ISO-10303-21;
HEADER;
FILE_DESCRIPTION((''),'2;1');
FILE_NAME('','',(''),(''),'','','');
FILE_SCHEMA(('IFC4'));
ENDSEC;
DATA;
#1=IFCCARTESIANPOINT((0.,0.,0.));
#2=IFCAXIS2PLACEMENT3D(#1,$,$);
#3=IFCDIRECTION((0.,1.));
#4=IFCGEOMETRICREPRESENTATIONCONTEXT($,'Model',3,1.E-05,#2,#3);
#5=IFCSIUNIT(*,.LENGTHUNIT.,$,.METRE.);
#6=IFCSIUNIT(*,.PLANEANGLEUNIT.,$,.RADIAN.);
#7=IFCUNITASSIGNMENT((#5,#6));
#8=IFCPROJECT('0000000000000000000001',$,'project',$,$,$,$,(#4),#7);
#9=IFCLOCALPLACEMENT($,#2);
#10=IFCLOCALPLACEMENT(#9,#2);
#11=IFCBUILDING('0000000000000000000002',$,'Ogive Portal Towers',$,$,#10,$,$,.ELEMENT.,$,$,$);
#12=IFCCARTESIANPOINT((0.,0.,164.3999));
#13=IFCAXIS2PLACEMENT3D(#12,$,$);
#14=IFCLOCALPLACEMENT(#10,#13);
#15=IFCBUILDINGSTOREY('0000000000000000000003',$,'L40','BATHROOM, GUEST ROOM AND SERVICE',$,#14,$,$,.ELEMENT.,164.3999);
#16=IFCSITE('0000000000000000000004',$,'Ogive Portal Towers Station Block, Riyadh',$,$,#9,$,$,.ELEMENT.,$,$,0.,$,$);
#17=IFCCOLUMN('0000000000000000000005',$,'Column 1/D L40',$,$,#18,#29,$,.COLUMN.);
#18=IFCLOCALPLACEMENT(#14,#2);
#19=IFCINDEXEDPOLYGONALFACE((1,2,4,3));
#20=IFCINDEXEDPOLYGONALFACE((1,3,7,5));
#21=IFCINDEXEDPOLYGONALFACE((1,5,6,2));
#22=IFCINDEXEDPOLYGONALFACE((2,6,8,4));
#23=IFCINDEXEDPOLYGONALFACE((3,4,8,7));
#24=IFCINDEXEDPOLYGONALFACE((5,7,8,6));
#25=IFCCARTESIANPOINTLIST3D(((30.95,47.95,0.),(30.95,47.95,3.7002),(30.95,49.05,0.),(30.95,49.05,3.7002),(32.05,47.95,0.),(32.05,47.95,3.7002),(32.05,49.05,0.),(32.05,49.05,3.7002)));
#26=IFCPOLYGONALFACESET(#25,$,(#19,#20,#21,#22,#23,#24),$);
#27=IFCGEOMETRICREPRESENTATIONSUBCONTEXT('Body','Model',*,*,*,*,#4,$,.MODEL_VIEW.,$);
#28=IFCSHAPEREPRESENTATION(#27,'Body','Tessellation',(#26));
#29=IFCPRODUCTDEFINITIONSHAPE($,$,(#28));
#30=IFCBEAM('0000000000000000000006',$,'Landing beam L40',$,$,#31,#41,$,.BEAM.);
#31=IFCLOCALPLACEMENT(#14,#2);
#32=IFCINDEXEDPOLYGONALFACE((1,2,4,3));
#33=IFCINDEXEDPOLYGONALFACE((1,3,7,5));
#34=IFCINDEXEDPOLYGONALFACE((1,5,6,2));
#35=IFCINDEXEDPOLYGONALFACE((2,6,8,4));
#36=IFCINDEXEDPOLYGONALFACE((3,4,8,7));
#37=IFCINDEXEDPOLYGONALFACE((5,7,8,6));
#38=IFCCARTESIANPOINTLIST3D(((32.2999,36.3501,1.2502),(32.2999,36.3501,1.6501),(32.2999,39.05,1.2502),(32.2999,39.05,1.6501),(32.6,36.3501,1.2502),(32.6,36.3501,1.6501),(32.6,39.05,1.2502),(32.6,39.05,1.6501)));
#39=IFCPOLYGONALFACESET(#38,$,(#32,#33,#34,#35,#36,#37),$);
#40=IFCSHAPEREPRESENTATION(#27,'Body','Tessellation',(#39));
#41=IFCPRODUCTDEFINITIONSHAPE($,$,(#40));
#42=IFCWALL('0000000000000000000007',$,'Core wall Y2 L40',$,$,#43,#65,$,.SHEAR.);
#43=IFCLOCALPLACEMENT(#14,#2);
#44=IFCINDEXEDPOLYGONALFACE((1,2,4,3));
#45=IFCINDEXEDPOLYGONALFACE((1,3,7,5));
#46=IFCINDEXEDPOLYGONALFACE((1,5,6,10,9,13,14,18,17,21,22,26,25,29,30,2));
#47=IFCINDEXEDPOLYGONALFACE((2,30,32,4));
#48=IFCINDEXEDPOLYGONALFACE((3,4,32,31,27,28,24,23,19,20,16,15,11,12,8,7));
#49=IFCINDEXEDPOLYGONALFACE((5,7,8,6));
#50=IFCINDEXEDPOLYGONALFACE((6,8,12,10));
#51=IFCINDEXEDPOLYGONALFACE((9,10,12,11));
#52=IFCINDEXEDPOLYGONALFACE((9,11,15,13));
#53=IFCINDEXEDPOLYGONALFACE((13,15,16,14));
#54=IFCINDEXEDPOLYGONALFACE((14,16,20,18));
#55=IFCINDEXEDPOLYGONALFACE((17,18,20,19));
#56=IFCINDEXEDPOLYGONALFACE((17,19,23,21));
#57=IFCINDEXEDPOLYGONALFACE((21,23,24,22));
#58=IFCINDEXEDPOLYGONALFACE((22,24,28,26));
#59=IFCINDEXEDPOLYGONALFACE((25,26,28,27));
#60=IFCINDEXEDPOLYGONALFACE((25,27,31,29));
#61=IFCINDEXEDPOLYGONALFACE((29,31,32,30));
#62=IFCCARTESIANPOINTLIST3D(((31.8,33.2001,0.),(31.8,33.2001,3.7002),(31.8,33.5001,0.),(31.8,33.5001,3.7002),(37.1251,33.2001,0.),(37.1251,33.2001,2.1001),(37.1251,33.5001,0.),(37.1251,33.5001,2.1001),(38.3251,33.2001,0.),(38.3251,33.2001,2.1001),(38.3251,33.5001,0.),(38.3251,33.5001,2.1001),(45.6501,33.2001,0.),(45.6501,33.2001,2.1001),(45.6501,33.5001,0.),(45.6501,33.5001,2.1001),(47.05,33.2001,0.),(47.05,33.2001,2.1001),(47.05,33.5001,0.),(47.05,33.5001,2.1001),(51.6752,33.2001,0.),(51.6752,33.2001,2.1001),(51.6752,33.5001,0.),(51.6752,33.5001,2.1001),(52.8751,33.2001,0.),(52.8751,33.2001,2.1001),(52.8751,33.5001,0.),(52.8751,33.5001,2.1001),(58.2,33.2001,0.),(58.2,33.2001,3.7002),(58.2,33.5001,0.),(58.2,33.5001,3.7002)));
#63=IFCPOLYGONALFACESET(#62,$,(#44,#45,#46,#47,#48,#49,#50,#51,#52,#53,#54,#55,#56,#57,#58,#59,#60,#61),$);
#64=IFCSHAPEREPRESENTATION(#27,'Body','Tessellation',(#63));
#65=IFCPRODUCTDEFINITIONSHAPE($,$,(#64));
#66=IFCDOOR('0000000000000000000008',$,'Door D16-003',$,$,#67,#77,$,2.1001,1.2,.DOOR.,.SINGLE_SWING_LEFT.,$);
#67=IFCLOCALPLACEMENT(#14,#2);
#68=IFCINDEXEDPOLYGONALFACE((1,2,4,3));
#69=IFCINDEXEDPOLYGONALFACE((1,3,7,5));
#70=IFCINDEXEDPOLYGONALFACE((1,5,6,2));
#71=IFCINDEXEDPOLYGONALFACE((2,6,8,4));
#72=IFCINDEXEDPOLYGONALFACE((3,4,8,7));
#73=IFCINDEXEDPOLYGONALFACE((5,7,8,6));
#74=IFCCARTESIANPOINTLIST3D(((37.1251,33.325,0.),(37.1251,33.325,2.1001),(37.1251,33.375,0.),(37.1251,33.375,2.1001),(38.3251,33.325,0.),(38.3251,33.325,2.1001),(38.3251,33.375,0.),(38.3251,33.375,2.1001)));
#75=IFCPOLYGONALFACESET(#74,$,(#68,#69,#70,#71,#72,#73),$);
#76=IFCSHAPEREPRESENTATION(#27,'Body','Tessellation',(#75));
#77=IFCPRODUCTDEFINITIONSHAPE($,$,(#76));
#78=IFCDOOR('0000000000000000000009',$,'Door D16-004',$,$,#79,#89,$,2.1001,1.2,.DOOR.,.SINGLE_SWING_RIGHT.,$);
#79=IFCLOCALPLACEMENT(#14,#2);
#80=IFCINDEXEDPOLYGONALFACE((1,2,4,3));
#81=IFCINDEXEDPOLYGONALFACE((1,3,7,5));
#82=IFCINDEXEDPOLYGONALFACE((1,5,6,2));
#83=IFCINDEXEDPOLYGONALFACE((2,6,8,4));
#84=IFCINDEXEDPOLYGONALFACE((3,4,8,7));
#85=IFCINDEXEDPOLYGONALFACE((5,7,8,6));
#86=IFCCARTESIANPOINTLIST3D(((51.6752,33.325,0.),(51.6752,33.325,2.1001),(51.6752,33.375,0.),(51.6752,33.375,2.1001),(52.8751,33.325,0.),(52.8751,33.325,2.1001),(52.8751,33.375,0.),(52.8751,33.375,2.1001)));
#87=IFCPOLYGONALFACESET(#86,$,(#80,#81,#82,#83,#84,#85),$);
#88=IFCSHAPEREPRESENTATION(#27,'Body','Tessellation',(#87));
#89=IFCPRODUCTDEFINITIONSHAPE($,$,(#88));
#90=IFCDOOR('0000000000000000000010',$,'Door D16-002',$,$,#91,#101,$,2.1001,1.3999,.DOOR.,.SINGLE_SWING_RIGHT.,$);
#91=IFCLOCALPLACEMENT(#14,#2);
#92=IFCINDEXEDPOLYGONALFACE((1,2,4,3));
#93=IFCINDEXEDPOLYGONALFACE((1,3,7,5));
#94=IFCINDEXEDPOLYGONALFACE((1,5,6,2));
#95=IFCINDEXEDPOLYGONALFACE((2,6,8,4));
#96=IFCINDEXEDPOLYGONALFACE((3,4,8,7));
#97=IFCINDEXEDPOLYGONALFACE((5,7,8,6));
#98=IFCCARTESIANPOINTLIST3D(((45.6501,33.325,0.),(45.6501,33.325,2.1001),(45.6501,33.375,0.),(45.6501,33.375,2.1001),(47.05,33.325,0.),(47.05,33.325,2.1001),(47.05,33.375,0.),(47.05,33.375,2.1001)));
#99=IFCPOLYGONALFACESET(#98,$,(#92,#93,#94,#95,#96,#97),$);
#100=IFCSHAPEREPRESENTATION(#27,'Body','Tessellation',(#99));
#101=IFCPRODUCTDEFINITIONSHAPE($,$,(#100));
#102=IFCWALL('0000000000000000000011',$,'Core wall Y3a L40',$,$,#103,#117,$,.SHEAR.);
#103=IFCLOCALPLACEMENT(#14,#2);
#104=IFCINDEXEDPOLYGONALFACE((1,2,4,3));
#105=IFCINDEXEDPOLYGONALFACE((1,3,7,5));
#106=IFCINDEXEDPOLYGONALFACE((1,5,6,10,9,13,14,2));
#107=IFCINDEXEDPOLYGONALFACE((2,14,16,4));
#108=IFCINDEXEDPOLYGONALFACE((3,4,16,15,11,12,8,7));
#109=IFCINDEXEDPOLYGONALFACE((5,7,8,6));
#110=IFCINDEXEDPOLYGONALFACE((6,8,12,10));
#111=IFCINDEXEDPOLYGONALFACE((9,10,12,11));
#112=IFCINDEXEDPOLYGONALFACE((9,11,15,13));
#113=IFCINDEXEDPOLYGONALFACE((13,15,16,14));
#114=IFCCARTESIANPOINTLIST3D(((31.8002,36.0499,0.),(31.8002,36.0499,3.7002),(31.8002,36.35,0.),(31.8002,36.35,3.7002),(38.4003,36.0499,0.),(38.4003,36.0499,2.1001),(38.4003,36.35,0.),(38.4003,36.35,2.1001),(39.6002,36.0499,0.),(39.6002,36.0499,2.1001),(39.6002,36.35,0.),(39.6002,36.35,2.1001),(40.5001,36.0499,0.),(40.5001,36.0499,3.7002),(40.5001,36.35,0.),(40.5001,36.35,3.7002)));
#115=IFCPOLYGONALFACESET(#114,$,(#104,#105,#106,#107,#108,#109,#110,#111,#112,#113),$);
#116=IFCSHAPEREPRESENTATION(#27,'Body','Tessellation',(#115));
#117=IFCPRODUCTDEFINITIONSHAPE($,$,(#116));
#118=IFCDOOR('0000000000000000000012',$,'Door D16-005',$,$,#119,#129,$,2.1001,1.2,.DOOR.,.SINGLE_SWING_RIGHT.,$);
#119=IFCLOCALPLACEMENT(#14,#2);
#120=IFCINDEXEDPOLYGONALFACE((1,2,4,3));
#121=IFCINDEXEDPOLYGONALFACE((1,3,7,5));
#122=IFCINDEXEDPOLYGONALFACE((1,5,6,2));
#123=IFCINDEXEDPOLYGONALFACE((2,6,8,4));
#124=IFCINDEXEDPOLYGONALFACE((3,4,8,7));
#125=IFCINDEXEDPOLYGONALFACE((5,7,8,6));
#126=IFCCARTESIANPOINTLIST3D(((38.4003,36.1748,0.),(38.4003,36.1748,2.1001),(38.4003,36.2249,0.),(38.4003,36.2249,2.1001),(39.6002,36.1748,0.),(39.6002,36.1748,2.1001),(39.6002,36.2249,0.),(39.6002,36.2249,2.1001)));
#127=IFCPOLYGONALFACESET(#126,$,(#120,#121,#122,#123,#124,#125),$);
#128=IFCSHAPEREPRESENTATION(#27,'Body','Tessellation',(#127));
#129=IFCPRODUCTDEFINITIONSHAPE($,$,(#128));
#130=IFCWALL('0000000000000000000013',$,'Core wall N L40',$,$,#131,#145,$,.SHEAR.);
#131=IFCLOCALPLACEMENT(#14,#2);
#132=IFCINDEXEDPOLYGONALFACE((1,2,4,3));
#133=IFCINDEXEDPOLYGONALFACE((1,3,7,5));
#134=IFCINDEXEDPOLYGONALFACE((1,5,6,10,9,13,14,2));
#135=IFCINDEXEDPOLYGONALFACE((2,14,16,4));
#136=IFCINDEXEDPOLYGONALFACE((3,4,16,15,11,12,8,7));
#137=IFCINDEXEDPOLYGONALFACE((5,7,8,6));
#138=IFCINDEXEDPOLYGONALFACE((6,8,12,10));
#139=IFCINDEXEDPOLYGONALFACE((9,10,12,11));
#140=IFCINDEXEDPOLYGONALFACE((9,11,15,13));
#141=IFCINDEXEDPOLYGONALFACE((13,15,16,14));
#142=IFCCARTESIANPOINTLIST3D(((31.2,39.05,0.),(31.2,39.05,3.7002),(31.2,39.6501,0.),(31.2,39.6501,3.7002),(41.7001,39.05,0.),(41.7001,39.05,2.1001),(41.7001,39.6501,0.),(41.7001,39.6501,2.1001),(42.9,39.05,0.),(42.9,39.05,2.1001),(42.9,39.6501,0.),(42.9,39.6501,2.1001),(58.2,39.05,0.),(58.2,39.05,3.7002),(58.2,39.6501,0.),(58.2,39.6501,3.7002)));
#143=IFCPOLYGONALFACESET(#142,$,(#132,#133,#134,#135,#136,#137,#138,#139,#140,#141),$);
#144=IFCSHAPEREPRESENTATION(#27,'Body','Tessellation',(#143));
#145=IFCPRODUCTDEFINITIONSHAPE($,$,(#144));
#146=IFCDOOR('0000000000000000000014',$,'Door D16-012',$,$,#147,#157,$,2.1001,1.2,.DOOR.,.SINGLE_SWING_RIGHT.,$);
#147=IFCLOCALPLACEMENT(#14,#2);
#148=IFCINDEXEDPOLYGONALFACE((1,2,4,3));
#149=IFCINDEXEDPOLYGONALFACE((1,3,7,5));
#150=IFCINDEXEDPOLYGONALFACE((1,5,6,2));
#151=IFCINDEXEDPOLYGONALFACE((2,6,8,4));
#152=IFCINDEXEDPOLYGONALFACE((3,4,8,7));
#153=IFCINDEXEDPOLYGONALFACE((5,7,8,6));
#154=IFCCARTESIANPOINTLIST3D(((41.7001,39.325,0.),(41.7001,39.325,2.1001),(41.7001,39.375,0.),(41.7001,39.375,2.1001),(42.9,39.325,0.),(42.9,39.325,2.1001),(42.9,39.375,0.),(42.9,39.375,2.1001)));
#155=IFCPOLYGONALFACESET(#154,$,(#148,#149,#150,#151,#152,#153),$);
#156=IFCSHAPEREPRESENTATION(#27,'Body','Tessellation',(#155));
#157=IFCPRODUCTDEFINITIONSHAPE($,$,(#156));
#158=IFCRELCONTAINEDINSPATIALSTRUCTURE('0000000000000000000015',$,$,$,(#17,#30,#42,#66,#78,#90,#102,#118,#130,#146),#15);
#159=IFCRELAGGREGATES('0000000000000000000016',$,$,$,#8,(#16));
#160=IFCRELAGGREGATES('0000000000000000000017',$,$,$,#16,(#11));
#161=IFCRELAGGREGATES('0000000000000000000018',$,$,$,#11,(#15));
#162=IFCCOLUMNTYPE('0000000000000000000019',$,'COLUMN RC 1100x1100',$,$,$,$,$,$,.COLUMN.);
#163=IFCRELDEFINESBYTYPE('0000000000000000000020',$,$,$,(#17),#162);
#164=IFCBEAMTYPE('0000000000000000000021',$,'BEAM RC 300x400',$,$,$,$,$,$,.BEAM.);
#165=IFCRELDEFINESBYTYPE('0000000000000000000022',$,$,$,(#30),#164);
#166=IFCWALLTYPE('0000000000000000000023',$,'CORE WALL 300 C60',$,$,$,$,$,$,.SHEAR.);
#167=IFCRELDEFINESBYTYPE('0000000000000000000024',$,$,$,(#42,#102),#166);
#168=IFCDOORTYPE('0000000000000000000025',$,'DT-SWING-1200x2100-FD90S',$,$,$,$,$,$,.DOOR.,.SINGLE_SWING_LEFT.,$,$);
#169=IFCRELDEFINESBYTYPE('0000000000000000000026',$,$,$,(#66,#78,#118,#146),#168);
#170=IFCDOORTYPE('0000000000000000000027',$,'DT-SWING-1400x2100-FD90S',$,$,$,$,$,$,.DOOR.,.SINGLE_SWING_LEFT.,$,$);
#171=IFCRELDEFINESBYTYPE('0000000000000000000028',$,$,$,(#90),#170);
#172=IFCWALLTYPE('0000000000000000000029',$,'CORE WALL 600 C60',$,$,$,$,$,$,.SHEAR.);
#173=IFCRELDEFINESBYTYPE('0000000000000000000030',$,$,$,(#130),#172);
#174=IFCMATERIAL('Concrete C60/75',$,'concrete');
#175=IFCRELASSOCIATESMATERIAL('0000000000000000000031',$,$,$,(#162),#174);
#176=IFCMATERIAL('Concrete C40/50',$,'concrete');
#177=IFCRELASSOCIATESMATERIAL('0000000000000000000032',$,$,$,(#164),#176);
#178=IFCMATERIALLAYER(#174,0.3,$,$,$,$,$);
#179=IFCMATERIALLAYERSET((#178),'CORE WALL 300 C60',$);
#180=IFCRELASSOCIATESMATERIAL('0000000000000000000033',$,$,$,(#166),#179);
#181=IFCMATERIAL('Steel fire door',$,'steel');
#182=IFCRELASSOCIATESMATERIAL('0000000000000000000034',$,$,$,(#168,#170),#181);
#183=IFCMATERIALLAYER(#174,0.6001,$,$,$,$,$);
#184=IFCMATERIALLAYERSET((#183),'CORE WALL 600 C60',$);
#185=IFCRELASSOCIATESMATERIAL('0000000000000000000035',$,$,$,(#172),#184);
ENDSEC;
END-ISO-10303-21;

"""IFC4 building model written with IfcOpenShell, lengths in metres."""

from ifc_helpers import new_model, si_unit, direction, frame, frame_2d, origin, origin_2d, place, context, subcontext, project, spatial, rectangle, extrude, material, layer, layer_set, material_profile, profile_set, type_object, element, fill, save


model = new_model("IFC4")

# Units and contexts
model_context = context("Model", 3, precision=1e-05, world=origin(), true_north=direction((0.0, 1.0)))
body_context = subcontext(model_context, "Body", "Model", "MODEL_VIEW")
ifc_project = project(units=[si_unit("LENGTHUNIT", "METRE"), si_unit("PLANEANGLEUNIT", "RADIAN")], contexts=[model_context])

# Site, building, storey
site_placement = place(None, origin())
site = spatial("IfcSite", under=ifc_project, at=site_placement, Name="Ogive Portal Towers Station Block, Riyadh", CompositionType="ELEMENT", RefElevation=0.0)
building_placement = place(site_placement, origin())
building = spatial("IfcBuilding", under=site, at=building_placement, Name="Ogive Portal Towers", CompositionType="ELEMENT")
storey_placement = place(building_placement, frame((0.0, 0.0, 164.3999)))
storey = spatial("IfcBuildingStorey", under=building, at=storey_placement, Name="L40", Description="BATHROOM, GUEST ROOM AND SERVICE", CompositionType="ELEMENT", Elevation=164.3999)

# Column
ifc_material_1 = material(Name="Concrete C60/75", Category="concrete")
ifc_material_profile_1 = material_profile(ifc_material_1, rectangle(XDim=1.1001, YDim=1.1001, at=origin_2d()), Name="RC 1100x1100")
ifc_profile_set_1 = profile_set([ifc_material_profile_1], Name="Concrete C60/75")
column_type = type_object("IfcColumnType", Name="COLUMN RC 1100x1100", PredefinedType="COLUMN", material=ifc_profile_set_1)
column_placement = place(storey_placement, frame((31.5, 48.5, 0.0), z_axis=(0.0, 0.0, 1.0), x_axis=(1.0, 0.0, 0.0)))
element("IfcColumn", 1, at=column_placement, inside=storey, type_object=column_type, Name="Column 1/D L40", PredefinedType="COLUMN", context=body_context, shape_type="SweptSolid", body=[
    extrude(rectangle(XDim=1.1001, YDim=1.1001, at=origin_2d()), origin(), (0.0, 0.0, 1.0), 3.7002),
])

# Beam
ifc_material_2 = material(Name="Concrete C40/50", Category="concrete")
ifc_material_profile_2 = material_profile(ifc_material_2, rectangle(XDim=0.3, YDim=0.3999, at=origin_2d()), Name="RC 300x400")
ifc_profile_set_2 = profile_set([ifc_material_profile_2], Name="Concrete C40/50")
beam_type = type_object("IfcBeamType", Name="BEAM RC 300x400", PredefinedType="BEAM", material=ifc_profile_set_2)
beam_placement = place(storey_placement, frame((32.45, 36.3501, 1.4502), z_axis=(0.0, 1.0, 0.0), x_axis=(-1.0, 0.0, 0.0)))
element("IfcBeam", 2, at=beam_placement, inside=storey, type_object=beam_type, Name="Landing beam L40", PredefinedType="BEAM", context=body_context, shape_type="SweptSolid", body=[
    extrude(rectangle(XDim=0.3, YDim=0.3999, at=origin_2d()), origin(), (0.0, 0.0, 1.0), 2.7),
])

# Wall, openings, doors
ifc_layer_1 = layer(ifc_material_1, 0.3)
ifc_layer_set_1 = layer_set([ifc_layer_1], Name="CORE WALL 300 C60")
wall_type_1 = type_object("IfcWallType", Name="CORE WALL 300 C60", PredefinedType="SHEAR", material=ifc_layer_set_1)
wall_1_placement = place(storey_placement, frame((31.8, 33.3501, 0.0), z_axis=(0.0, 0.0, 1.0), x_axis=(1.0, 0.0, 0.0)))
wall_1 = element("IfcWall", 3, at=wall_1_placement, inside=storey, type_object=wall_type_1, Name="Core wall Y2 L40", PredefinedType="SHEAR", context=body_context, shape_type="SweptSolid", body=[
    extrude(rectangle(XDim=26.3999, YDim=0.3, at=frame_2d((13.2, 0.0))), origin(), (0.0, 0.0, 1.0), 3.7002),
])
opening_1_placement = place(wall_1_placement, frame((13.8501, 0.0, 0.0)))
opening_1 = element("IfcOpeningElement", 4, at=opening_1_placement, cuts=wall_1, PredefinedType="OPENING", context=body_context, shape_type="SweptSolid", body=[
    extrude(rectangle(XDim=1.3999, YDim=2.1001, at=frame_2d((0.7, 1.05))), frame((0.0, 0.1602, 0.0), z_axis=(0.0, -1.0, 0.0), x_axis=(1.0, 0.0, 0.0)), (0.0, 0.0, 1.0), 0.3201),
])
opening_2_placement = place(wall_1_placement, frame((5.325, 0.0, 0.0)))
opening_2 = element("IfcOpeningElement", 5, at=opening_2_placement, cuts=wall_1, PredefinedType="OPENING", context=body_context, shape_type="SweptSolid", body=[
    extrude(rectangle(XDim=1.2, YDim=2.1001, at=frame_2d((0.6001, 1.05))), frame((0.0, 0.1602, 0.0), z_axis=(0.0, -1.0, 0.0), x_axis=(1.0, 0.0, 0.0)), (0.0, 0.0, 1.0), 0.3201),
])
opening_3_placement = place(wall_1_placement, frame((19.875, 0.0, 0.0)))
opening_3 = element("IfcOpeningElement", 6, at=opening_3_placement, cuts=wall_1, PredefinedType="OPENING", context=body_context, shape_type="SweptSolid", body=[
    extrude(rectangle(XDim=1.2, YDim=2.1001, at=frame_2d((0.6001, 1.05))), frame((0.0, 0.1602, 0.0), z_axis=(0.0, -1.0, 0.0), x_axis=(1.0, 0.0, 0.0)), (0.0, 0.0, 1.0), 0.3201),
])
ifc_material_3 = material(Name="Steel fire door", Category="steel")
door_type_1 = type_object("IfcDoorType", Name="DT-SWING-1200x2100-FD90S", OperationType="SINGLE_SWING_LEFT", PredefinedType="DOOR", material=ifc_material_3)
door_1_placement = place(opening_2_placement, origin())
door_1 = element("IfcDoor", 7, at=door_1_placement, inside=storey, type_object=door_type_1, Name="Door D16-003", OperationType="SINGLE_SWING_LEFT", OverallHeight=2.1001, OverallWidth=1.2, PredefinedType="DOOR", context=body_context, shape_type="SweptSolid", body=[
    extrude(rectangle(XDim=1.2, YDim=2.1001, at=frame_2d((0.6001, 1.05))), frame((0.0, 0.0249, 0.0), z_axis=(0.0, -1.0, 0.0), x_axis=(1.0, 0.0, 0.0)), (0.0, 0.0, 1.0), 0.05),
])
fill(opening_2, door_1)
door_2_placement = place(opening_3_placement, origin())
door_2 = element("IfcDoor", 8, at=door_2_placement, inside=storey, type_object=door_type_1, Name="Door D16-004", OperationType="SINGLE_SWING_RIGHT", OverallHeight=2.1001, OverallWidth=1.2, PredefinedType="DOOR", context=body_context, shape_type="SweptSolid", body=[
    extrude(rectangle(XDim=1.2, YDim=2.1001, at=frame_2d((0.6001, 1.05))), frame((0.0, 0.0249, 0.0), z_axis=(0.0, -1.0, 0.0), x_axis=(1.0, 0.0, 0.0)), (0.0, 0.0, 1.0), 0.05),
])
fill(opening_3, door_2)
door_type_2 = type_object("IfcDoorType", Name="DT-SWING-1400x2100-FD90S", OperationType="SINGLE_SWING_LEFT", PredefinedType="DOOR", material=ifc_material_3)
door_3_placement = place(opening_1_placement, origin())
door_3 = element("IfcDoor", 9, at=door_3_placement, inside=storey, type_object=door_type_2, Name="Door D16-002", OperationType="SINGLE_SWING_RIGHT", OverallHeight=2.1001, OverallWidth=1.3999, PredefinedType="DOOR", context=body_context, shape_type="SweptSolid", body=[
    extrude(rectangle(XDim=1.3999, YDim=2.1001, at=frame_2d((0.7, 1.05))), frame((0.0, 0.0249, 0.0), z_axis=(0.0, -1.0, 0.0), x_axis=(1.0, 0.0, 0.0)), (0.0, 0.0, 1.0), 0.05),
])
fill(opening_1, door_3)

# Walls, openings, doors
wall_2_placement = place(storey_placement, frame((31.8, 36.2, 0.0), z_axis=(0.0, 0.0, 1.0), x_axis=(1.0, 0.0, 0.0)))
wall_2 = element("IfcWall", 10, at=wall_2_placement, inside=storey, type_object=wall_type_1, Name="Core wall Y3a L40", PredefinedType="SHEAR", context=body_context, shape_type="SweptSolid", body=[
    extrude(rectangle(XDim=8.7, YDim=0.3, at=frame_2d((4.3501, 0.0))), origin(), (0.0, 0.0, 1.0), 3.7002),
])
opening_4_placement = place(wall_2_placement, frame((6.6001, 0.0, 0.0)))
opening_4 = element("IfcOpeningElement", 11, at=opening_4_placement, cuts=wall_2, PredefinedType="OPENING", context=body_context, shape_type="SweptSolid", body=[
    extrude(rectangle(XDim=1.2, YDim=2.1001, at=frame_2d((0.6001, 1.05))), frame((0.0, 0.1602, 0.0), z_axis=(0.0, -1.0, 0.0), x_axis=(1.0, 0.0, 0.0)), (0.0, 0.0, 1.0), 0.3201),
])
door_4_placement = place(opening_4_placement, origin())
door_4 = element("IfcDoor", 12, at=door_4_placement, inside=storey, type_object=door_type_1, Name="Door D16-005", OperationType="SINGLE_SWING_RIGHT", OverallHeight=2.1001, OverallWidth=1.2, PredefinedType="DOOR", context=body_context, shape_type="SweptSolid", body=[
    extrude(rectangle(XDim=1.2, YDim=2.1001, at=frame_2d((0.6001, 1.05))), frame((0.0, 0.0249, 0.0), z_axis=(0.0, -1.0, 0.0), x_axis=(1.0, 0.0, 0.0)), (0.0, 0.0, 1.0), 0.05),
])
fill(opening_4, door_4)
ifc_layer_2 = layer(ifc_material_1, 0.6001)
ifc_layer_set_2 = layer_set([ifc_layer_2], Name="CORE WALL 600 C60")
wall_type_2 = type_object("IfcWallType", Name="CORE WALL 600 C60", PredefinedType="SHEAR", material=ifc_layer_set_2)
wall_3_placement = place(storey_placement, frame((31.2, 39.3501, 0.0), z_axis=(0.0, 0.0, 1.0), x_axis=(1.0, 0.0, 0.0)))
wall_3 = element("IfcWall", 13, at=wall_3_placement, inside=storey, type_object=wall_type_2, Name="Core wall N L40", PredefinedType="SHEAR", context=body_context, shape_type="SweptSolid", body=[
    extrude(rectangle(XDim=27.0, YDim=0.6001, at=frame_2d((13.5, 0.0))), origin(), (0.0, 0.0, 1.0), 3.7002),
])
opening_5_placement = place(wall_3_placement, frame((10.5, 0.0, 0.0)))
opening_5 = element("IfcOpeningElement", 14, at=opening_5_placement, cuts=wall_3, PredefinedType="OPENING", context=body_context, shape_type="SweptSolid", body=[
    extrude(rectangle(XDim=1.2, YDim=2.1001, at=frame_2d((0.6001, 1.05))), frame((0.0, 0.3101, 0.0), z_axis=(0.0, -1.0, 0.0), x_axis=(1.0, 0.0, 0.0)), (0.0, 0.0, 1.0), 0.6201),
])
door_5_placement = place(opening_5_placement, origin())
door_5 = element("IfcDoor", 15, at=door_5_placement, inside=storey, type_object=door_type_1, Name="Door D16-012", OperationType="SINGLE_SWING_RIGHT", OverallHeight=2.1001, OverallWidth=1.2, PredefinedType="DOOR", context=body_context, shape_type="SweptSolid", body=[
    extrude(rectangle(XDim=1.2, YDim=2.1001, at=frame_2d((0.6001, 1.05))), frame((0.0, 0.0249, 0.0), z_axis=(0.0, -1.0, 0.0), x_axis=(1.0, 0.0, 0.0)), (0.0, 0.0, 1.0), 0.05),
])
fill(opening_5, door_5)

save(model, "model.ifc")
